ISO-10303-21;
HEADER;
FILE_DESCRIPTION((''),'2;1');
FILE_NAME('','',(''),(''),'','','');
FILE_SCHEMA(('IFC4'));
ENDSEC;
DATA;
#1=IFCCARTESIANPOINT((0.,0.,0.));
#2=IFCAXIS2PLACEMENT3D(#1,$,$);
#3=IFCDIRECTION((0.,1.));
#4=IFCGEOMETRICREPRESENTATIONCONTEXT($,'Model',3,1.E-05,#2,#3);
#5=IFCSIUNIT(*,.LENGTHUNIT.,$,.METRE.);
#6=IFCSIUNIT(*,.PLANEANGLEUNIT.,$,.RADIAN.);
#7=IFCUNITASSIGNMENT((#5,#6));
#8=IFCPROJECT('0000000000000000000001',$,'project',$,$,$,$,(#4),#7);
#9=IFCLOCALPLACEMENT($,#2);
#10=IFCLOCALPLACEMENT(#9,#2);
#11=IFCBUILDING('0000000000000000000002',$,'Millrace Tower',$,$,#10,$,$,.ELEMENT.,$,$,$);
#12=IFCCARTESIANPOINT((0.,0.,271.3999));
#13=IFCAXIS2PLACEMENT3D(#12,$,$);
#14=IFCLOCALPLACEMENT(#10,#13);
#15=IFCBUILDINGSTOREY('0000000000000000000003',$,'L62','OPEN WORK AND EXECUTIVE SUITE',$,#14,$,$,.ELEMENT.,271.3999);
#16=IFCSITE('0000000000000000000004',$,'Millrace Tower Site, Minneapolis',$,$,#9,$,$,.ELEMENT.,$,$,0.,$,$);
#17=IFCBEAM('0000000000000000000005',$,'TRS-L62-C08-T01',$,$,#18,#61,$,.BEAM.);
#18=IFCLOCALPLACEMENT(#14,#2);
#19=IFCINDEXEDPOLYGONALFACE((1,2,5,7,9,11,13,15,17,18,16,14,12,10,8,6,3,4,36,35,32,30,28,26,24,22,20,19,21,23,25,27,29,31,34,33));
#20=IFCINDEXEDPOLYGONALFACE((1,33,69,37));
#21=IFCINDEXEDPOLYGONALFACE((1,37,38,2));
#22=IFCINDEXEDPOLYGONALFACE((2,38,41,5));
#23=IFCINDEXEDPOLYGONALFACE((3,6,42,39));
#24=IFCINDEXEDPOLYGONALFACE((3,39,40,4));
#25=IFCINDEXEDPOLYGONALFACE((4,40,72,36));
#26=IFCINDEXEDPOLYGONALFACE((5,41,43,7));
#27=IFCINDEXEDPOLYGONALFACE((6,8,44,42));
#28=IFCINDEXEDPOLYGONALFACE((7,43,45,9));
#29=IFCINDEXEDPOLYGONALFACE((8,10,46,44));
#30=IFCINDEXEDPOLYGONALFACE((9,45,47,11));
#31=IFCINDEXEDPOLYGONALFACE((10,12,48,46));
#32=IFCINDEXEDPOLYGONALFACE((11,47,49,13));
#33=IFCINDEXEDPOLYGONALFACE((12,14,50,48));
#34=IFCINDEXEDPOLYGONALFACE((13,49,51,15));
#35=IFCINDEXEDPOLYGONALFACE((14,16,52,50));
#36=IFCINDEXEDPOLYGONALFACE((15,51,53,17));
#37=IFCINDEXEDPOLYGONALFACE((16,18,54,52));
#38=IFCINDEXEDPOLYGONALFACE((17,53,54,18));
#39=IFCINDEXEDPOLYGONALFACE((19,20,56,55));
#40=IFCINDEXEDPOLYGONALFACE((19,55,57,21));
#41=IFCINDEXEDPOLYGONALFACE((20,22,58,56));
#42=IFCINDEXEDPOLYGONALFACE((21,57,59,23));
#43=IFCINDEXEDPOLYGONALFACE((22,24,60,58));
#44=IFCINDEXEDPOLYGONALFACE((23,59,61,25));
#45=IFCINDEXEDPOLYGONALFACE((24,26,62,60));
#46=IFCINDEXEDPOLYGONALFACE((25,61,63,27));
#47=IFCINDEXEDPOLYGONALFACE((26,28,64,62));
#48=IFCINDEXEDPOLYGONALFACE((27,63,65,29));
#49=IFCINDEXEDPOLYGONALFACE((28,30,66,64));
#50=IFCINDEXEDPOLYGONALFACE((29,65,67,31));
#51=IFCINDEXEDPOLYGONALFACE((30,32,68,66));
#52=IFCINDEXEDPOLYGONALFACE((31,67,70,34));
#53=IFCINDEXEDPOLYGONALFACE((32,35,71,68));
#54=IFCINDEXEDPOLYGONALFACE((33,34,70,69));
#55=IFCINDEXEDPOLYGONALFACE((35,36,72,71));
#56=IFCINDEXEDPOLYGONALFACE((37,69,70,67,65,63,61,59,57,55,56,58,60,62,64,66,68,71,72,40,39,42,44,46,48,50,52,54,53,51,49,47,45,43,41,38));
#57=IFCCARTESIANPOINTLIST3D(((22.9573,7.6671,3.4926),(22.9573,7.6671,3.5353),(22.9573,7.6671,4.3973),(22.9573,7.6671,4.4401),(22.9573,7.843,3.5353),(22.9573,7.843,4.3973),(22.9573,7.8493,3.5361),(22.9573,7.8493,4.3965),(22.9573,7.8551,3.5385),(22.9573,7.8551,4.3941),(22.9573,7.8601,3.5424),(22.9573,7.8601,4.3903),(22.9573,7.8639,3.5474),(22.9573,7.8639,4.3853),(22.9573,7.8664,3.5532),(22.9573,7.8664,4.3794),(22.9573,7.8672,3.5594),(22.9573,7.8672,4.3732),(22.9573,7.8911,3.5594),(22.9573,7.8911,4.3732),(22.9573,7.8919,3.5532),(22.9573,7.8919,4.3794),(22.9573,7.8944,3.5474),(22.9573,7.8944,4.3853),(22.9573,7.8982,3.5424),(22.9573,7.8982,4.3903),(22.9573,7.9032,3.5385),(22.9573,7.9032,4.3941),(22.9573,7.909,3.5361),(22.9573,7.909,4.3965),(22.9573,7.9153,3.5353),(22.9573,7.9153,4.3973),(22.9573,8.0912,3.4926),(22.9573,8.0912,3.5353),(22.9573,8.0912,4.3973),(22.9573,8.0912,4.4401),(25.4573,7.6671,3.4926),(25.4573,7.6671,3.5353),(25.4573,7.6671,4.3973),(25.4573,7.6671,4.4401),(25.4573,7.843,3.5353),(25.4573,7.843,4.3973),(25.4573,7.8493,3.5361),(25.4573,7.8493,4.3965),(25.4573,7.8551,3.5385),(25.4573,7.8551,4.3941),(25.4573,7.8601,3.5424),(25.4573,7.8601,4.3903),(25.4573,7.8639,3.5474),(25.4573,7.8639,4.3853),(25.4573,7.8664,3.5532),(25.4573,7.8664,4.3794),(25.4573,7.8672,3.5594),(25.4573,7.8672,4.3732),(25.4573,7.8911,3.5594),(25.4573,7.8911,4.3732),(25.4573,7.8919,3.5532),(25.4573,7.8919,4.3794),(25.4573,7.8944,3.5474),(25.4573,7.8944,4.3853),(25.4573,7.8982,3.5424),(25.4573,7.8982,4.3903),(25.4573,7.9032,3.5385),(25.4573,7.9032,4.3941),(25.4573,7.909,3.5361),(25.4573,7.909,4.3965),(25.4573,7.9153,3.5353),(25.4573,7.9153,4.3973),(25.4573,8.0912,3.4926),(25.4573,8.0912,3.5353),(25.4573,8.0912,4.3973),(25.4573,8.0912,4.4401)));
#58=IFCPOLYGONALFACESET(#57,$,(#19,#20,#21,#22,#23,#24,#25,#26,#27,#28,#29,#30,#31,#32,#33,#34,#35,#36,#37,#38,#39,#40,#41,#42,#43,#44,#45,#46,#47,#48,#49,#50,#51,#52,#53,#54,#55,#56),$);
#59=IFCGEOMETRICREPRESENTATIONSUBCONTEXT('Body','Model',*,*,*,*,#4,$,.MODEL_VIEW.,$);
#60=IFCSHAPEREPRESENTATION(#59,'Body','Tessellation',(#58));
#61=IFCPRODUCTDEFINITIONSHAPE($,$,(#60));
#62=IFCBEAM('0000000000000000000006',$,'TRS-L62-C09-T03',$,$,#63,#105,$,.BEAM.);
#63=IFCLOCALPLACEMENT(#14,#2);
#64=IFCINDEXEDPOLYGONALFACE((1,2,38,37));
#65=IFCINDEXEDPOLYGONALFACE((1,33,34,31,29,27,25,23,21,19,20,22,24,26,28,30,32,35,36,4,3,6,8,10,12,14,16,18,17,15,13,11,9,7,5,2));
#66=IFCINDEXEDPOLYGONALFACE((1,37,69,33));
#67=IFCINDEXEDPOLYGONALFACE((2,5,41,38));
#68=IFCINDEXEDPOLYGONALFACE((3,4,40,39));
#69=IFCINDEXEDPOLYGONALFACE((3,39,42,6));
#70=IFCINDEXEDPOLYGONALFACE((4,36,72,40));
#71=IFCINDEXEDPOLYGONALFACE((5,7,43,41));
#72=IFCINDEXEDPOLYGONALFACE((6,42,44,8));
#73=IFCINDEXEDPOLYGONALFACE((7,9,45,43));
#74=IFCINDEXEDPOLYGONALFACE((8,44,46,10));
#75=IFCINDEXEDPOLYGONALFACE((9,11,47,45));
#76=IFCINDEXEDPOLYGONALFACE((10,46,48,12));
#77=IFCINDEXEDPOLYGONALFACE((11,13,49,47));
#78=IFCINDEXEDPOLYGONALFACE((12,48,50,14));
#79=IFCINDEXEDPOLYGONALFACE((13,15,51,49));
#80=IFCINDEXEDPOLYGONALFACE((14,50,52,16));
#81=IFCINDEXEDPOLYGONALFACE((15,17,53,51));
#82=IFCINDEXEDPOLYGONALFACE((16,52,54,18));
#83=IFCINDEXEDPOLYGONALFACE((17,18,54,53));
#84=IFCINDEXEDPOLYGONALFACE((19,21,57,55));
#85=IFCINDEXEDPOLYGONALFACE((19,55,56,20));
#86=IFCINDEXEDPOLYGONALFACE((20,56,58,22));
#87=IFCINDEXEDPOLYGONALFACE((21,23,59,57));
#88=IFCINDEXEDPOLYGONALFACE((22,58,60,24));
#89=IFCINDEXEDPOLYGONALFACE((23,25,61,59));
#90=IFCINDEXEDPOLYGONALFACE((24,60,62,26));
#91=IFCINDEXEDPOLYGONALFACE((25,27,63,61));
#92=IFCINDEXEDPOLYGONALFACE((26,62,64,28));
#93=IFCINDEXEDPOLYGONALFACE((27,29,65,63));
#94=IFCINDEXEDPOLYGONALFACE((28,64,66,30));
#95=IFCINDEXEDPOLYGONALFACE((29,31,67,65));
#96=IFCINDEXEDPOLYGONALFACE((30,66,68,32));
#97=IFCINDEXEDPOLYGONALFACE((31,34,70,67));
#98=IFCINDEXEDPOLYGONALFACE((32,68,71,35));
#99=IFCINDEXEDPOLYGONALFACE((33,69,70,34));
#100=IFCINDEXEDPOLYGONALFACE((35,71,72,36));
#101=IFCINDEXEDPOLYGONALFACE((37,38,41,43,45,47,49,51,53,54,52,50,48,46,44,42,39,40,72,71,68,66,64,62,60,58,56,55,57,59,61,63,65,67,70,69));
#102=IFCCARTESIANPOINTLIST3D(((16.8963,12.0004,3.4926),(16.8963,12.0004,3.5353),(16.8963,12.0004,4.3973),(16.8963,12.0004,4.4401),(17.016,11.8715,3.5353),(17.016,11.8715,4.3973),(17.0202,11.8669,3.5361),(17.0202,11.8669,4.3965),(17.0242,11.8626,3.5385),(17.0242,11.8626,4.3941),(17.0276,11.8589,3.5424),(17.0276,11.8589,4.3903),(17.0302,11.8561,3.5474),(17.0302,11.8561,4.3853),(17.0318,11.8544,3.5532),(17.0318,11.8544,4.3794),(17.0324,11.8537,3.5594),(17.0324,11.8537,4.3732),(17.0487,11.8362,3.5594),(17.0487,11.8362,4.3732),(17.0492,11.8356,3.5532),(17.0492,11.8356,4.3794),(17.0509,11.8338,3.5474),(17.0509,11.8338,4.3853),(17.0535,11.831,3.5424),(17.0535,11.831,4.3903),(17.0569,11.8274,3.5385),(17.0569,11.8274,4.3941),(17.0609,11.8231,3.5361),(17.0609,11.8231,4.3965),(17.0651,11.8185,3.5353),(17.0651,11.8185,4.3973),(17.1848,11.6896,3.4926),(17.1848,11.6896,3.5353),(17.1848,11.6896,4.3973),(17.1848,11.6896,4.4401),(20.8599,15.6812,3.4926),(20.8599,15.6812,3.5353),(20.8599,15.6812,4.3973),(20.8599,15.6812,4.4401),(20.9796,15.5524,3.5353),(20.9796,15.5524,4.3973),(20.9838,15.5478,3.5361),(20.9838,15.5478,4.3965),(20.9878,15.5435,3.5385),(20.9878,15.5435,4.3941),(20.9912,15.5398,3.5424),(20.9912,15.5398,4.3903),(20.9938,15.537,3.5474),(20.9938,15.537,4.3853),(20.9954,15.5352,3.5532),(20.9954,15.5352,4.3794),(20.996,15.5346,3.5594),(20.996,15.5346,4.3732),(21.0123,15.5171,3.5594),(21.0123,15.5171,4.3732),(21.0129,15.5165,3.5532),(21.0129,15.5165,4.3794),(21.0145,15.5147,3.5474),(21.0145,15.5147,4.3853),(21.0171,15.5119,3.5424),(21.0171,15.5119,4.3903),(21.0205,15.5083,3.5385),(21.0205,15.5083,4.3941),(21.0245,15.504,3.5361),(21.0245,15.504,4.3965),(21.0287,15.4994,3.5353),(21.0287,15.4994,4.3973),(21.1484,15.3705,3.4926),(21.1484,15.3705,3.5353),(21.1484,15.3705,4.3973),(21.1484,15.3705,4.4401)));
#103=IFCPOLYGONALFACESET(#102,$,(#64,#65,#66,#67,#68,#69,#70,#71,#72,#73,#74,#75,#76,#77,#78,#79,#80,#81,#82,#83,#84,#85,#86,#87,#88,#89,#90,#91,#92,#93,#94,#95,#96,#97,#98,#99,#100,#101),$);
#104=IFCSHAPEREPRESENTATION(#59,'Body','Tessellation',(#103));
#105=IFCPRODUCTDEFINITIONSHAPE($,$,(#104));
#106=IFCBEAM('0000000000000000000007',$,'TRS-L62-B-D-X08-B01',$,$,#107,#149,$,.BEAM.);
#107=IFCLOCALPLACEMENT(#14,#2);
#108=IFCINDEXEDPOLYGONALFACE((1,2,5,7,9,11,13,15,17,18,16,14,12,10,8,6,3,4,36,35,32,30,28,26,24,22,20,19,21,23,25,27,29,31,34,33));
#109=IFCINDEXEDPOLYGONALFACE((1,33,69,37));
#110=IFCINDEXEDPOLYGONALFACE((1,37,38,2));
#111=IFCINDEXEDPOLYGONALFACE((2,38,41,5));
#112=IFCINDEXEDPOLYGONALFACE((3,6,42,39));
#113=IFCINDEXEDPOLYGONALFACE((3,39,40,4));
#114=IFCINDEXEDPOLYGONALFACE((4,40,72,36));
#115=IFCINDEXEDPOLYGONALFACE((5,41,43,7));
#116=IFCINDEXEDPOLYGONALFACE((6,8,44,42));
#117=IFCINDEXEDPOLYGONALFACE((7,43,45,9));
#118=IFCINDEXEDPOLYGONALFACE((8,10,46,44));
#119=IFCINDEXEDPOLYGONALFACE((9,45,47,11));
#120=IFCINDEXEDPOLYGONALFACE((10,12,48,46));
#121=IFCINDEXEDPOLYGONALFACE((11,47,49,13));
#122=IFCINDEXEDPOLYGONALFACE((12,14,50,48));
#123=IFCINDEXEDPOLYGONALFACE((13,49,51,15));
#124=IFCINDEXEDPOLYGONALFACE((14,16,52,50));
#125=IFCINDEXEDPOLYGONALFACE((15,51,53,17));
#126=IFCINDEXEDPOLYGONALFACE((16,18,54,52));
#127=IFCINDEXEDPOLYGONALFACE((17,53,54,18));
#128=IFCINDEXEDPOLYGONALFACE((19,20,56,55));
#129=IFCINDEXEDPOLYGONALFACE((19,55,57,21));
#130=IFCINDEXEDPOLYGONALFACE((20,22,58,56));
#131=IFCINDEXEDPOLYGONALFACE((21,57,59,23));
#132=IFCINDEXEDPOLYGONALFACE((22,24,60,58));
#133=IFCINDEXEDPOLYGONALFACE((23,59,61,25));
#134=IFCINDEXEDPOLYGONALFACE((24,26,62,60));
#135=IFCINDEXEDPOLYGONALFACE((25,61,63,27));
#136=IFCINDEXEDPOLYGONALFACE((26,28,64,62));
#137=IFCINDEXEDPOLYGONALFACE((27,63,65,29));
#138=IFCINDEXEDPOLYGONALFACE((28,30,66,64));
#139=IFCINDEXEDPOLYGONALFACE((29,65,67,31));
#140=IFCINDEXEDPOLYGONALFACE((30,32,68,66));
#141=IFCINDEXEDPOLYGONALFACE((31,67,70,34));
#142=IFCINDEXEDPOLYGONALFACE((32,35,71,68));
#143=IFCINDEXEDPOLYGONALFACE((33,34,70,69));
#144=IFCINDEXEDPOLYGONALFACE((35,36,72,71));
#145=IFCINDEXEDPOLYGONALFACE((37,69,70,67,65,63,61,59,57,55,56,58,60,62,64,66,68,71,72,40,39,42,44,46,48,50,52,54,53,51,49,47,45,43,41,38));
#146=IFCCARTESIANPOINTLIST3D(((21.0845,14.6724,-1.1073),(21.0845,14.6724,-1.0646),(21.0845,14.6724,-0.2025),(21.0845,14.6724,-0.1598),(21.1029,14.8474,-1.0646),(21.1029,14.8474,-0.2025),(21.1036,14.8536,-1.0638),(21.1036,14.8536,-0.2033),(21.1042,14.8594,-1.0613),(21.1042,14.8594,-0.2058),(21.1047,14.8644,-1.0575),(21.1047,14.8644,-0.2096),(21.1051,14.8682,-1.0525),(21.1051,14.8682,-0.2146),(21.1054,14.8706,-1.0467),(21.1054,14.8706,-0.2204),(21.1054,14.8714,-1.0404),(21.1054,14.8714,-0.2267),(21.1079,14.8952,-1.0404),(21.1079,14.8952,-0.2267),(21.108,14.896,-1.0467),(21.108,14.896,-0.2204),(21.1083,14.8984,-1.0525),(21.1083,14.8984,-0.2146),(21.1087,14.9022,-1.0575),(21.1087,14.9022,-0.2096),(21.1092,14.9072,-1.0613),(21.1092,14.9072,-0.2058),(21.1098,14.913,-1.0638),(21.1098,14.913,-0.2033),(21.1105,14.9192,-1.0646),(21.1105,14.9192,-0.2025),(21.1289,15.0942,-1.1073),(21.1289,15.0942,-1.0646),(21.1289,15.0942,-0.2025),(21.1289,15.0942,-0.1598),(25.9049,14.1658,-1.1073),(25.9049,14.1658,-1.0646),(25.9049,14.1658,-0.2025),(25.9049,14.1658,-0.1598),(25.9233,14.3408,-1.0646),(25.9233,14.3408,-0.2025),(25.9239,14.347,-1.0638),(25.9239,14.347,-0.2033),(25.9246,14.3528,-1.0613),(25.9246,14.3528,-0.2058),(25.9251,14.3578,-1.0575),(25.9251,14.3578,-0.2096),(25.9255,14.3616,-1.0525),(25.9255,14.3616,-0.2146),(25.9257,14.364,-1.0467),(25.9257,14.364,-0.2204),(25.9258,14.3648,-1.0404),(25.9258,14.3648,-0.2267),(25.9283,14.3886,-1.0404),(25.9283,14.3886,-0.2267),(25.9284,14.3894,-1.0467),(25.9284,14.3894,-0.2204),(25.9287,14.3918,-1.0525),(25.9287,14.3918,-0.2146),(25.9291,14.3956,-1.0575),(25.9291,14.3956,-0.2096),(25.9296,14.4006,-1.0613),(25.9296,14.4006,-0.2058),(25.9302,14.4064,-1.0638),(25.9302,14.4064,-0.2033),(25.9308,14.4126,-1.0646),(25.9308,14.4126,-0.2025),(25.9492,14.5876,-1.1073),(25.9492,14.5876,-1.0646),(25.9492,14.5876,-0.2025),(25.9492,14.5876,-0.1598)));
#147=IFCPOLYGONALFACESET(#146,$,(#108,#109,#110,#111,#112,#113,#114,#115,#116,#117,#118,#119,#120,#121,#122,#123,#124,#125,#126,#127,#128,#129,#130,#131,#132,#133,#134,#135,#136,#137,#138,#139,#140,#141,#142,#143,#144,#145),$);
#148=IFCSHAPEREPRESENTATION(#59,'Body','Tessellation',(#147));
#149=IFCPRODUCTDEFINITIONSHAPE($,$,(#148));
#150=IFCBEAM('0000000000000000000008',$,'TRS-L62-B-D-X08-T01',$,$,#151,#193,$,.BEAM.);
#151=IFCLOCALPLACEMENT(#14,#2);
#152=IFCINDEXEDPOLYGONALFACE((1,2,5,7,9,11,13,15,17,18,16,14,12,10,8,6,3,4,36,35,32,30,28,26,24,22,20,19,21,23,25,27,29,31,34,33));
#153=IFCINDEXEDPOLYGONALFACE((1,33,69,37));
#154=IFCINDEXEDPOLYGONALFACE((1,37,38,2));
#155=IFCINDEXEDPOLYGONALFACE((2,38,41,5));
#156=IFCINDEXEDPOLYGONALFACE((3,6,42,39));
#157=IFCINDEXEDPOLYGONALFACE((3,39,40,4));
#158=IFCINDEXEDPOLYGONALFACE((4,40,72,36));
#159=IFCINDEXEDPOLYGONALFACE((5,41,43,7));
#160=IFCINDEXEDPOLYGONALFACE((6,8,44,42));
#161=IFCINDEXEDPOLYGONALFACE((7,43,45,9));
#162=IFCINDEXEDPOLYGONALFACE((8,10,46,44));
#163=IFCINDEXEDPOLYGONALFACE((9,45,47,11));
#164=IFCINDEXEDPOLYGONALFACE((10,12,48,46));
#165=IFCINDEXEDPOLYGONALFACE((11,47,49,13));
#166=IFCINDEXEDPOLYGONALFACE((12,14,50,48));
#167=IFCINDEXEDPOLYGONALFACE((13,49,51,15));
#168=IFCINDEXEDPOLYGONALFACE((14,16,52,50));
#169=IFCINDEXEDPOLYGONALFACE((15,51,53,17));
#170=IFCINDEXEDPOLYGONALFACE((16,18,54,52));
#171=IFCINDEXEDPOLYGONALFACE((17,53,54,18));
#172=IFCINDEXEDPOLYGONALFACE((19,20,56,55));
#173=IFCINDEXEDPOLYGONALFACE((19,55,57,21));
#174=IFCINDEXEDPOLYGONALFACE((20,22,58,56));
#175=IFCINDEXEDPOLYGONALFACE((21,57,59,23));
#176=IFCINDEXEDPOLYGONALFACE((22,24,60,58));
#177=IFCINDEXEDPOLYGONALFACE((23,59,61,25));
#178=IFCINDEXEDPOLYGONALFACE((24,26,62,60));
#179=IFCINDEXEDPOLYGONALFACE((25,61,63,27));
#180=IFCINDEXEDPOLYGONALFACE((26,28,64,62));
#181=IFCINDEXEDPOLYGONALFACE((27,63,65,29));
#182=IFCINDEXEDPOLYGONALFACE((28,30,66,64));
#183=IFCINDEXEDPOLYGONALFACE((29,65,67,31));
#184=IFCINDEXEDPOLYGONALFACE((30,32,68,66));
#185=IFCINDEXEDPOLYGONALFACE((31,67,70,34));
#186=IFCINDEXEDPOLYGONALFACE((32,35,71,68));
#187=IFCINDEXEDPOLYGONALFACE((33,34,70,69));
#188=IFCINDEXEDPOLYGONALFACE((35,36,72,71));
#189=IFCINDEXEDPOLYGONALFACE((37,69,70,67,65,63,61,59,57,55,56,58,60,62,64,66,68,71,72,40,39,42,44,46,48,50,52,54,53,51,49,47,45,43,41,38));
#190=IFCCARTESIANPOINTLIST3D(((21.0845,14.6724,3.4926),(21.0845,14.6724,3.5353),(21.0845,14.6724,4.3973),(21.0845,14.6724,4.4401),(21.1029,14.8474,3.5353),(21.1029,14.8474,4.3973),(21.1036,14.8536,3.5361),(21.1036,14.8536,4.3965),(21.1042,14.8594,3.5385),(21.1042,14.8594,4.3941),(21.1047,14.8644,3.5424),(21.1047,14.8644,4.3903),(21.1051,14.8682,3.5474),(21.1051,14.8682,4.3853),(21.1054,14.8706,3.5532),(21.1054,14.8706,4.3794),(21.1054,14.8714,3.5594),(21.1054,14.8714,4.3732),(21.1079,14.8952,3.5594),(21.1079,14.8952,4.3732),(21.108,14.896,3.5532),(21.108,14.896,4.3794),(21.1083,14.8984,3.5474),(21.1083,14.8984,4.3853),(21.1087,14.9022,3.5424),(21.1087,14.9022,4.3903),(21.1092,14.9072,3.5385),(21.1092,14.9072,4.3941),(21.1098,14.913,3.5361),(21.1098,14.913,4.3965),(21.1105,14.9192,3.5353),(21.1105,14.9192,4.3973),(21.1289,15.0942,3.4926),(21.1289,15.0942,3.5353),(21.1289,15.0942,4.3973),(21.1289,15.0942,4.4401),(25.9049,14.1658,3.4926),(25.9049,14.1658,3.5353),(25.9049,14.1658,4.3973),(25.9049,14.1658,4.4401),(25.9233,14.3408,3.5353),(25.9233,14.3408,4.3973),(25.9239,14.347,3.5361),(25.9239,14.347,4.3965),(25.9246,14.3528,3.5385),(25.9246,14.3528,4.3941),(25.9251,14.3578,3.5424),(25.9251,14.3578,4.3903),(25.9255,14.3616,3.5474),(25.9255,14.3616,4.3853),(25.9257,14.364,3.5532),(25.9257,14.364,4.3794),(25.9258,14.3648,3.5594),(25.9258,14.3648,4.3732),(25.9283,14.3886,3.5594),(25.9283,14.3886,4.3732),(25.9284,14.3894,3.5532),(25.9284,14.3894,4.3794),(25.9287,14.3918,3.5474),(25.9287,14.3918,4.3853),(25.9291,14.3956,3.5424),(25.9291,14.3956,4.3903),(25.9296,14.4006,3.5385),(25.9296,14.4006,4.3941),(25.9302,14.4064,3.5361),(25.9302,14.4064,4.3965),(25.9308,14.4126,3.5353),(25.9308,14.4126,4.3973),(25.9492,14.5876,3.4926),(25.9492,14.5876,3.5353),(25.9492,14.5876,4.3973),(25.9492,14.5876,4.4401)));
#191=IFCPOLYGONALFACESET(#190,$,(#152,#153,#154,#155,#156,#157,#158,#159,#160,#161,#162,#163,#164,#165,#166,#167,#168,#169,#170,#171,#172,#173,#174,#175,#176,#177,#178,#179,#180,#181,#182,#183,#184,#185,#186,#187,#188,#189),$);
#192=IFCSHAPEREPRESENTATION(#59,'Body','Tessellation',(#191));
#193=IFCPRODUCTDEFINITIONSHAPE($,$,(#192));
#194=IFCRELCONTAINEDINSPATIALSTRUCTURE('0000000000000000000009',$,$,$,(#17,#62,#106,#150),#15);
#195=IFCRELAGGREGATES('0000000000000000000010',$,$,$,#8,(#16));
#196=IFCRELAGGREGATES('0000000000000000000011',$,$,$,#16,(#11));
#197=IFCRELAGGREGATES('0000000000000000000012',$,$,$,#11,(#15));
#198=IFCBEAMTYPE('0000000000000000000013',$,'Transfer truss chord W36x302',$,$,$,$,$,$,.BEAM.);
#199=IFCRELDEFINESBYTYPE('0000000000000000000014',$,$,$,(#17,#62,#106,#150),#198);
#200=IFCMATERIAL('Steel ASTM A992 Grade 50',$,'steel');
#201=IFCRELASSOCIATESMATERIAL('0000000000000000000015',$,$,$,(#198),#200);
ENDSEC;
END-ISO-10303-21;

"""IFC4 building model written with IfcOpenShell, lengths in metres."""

from ifc_helpers import new_model, si_unit, direction, frame, origin, origin_2d, place, context, subcontext, project, spatial, i_section, extrude, material, material_profile, profile_set, type_object, element, save


model = new_model("IFC4")

# Units and contexts
model_context = context("Model", 3, precision=1e-05, world=origin(), true_north=direction((0.0, 1.0)))
body_context = subcontext(model_context, "Body", "Model", "MODEL_VIEW")
ifc_project = project(units=[si_unit("LENGTHUNIT", "METRE"), si_unit("PLANEANGLEUNIT", "RADIAN")], contexts=[model_context])

# Site, building, storey
site_placement = place(None, origin())
site = spatial("IfcSite", under=ifc_project, at=site_placement, Name="Millrace Tower Site, Minneapolis", CompositionType="ELEMENT", RefElevation=0.0)
building_placement = place(site_placement, origin())
building = spatial("IfcBuilding", under=site, at=building_placement, Name="Millrace Tower", CompositionType="ELEMENT")
storey_placement = place(building_placement, frame((0.0, 0.0, 271.3999)))
storey = spatial("IfcBuildingStorey", under=building, at=storey_placement, Name="L62", Description="OPEN WORK AND EXECUTIVE SUITE", CompositionType="ELEMENT", Elevation=271.3999)

# Beams
ifc_material_1 = material(Name="Steel ASTM A992 Grade 50", Category="steel")
ifc_material_profile_1 = material_profile(ifc_material_1, i_section(OverallWidth=0.4241, OverallDepth=0.9475, WebThickness=0.0239, FlangeThickness=0.0427, FilletRadius=0.0242, at=origin_2d()))
ifc_profile_set_1 = profile_set([ifc_material_profile_1], Name="Steel ASTM A992 Grade 50")
beam_type_1 = type_object("IfcBeamType", Name="Transfer truss chord W36x302", PredefinedType="BEAM", material=ifc_profile_set_1)
beam_1_placement = place(storey_placement, frame((25.4573, 7.8792, 3.9663), z_axis=(-1.0, 0.0, 0.0), x_axis=(0.0, -1.0, 0.0)))
element("IfcBeam", 1, at=beam_1_placement, inside=storey, type_object=beam_type_1, Name="TRS-L62-C08-T01", PredefinedType="BEAM", context=body_context, shape_type="SweptSolid", body=[
    extrude(i_section(OverallWidth=0.4241, OverallDepth=0.9475, WebThickness=0.0239, FlangeThickness=0.0427, FilletRadius=0.0242, at=origin_2d()), origin(), (0.0, 0.0, 1.0), 2.5),
])
beam_2_placement = place(storey_placement, frame((21.0042, 15.5259, 3.9663), z_axis=(-0.732757, -0.680491, 0.0), x_axis=(0.680491, -0.732757, 0.0)))
element("IfcBeam", 2, at=beam_2_placement, inside=storey, type_object=beam_type_1, Name="TRS-L62-C09-T03", PredefinedType="BEAM", context=body_context, shape_type="SweptSolid", body=[
    extrude(i_section(OverallWidth=0.4241, OverallDepth=0.9475, WebThickness=0.0239, FlangeThickness=0.0427, FilletRadius=0.0242, at=origin_2d()), origin(), (0.0, 0.0, 1.0), 5.4092),
])
for number, where, z_axis, x_axis, name in (
    (3, (21.1067, 14.8833, -0.6335), (0.994523, -0.10452, 0.0), (0.10452, 0.994523, 0.0), "TRS-L62-B-D-X08-B01"),
    (4, (21.1067, 14.8833, 3.9663), (0.994523, -0.10452, 0.0), (0.10452, 0.994523, 0.0), "TRS-L62-B-D-X08-T01"),
):
    element("IfcBeam", number, at=place(storey_placement, frame(where, z_axis=z_axis, x_axis=x_axis)), inside=storey, type_object=beam_type_1, Name=name, PredefinedType="BEAM", context=body_context, shape_type="SweptSolid", body=[
        extrude(i_section(OverallWidth=0.4241, OverallDepth=0.9475, WebThickness=0.0239, FlangeThickness=0.0427, FilletRadius=0.0242, at=origin_2d()), origin(), (0.0, 0.0, 1.0), 4.8469),
    ])

save(model, "model.ifc")
